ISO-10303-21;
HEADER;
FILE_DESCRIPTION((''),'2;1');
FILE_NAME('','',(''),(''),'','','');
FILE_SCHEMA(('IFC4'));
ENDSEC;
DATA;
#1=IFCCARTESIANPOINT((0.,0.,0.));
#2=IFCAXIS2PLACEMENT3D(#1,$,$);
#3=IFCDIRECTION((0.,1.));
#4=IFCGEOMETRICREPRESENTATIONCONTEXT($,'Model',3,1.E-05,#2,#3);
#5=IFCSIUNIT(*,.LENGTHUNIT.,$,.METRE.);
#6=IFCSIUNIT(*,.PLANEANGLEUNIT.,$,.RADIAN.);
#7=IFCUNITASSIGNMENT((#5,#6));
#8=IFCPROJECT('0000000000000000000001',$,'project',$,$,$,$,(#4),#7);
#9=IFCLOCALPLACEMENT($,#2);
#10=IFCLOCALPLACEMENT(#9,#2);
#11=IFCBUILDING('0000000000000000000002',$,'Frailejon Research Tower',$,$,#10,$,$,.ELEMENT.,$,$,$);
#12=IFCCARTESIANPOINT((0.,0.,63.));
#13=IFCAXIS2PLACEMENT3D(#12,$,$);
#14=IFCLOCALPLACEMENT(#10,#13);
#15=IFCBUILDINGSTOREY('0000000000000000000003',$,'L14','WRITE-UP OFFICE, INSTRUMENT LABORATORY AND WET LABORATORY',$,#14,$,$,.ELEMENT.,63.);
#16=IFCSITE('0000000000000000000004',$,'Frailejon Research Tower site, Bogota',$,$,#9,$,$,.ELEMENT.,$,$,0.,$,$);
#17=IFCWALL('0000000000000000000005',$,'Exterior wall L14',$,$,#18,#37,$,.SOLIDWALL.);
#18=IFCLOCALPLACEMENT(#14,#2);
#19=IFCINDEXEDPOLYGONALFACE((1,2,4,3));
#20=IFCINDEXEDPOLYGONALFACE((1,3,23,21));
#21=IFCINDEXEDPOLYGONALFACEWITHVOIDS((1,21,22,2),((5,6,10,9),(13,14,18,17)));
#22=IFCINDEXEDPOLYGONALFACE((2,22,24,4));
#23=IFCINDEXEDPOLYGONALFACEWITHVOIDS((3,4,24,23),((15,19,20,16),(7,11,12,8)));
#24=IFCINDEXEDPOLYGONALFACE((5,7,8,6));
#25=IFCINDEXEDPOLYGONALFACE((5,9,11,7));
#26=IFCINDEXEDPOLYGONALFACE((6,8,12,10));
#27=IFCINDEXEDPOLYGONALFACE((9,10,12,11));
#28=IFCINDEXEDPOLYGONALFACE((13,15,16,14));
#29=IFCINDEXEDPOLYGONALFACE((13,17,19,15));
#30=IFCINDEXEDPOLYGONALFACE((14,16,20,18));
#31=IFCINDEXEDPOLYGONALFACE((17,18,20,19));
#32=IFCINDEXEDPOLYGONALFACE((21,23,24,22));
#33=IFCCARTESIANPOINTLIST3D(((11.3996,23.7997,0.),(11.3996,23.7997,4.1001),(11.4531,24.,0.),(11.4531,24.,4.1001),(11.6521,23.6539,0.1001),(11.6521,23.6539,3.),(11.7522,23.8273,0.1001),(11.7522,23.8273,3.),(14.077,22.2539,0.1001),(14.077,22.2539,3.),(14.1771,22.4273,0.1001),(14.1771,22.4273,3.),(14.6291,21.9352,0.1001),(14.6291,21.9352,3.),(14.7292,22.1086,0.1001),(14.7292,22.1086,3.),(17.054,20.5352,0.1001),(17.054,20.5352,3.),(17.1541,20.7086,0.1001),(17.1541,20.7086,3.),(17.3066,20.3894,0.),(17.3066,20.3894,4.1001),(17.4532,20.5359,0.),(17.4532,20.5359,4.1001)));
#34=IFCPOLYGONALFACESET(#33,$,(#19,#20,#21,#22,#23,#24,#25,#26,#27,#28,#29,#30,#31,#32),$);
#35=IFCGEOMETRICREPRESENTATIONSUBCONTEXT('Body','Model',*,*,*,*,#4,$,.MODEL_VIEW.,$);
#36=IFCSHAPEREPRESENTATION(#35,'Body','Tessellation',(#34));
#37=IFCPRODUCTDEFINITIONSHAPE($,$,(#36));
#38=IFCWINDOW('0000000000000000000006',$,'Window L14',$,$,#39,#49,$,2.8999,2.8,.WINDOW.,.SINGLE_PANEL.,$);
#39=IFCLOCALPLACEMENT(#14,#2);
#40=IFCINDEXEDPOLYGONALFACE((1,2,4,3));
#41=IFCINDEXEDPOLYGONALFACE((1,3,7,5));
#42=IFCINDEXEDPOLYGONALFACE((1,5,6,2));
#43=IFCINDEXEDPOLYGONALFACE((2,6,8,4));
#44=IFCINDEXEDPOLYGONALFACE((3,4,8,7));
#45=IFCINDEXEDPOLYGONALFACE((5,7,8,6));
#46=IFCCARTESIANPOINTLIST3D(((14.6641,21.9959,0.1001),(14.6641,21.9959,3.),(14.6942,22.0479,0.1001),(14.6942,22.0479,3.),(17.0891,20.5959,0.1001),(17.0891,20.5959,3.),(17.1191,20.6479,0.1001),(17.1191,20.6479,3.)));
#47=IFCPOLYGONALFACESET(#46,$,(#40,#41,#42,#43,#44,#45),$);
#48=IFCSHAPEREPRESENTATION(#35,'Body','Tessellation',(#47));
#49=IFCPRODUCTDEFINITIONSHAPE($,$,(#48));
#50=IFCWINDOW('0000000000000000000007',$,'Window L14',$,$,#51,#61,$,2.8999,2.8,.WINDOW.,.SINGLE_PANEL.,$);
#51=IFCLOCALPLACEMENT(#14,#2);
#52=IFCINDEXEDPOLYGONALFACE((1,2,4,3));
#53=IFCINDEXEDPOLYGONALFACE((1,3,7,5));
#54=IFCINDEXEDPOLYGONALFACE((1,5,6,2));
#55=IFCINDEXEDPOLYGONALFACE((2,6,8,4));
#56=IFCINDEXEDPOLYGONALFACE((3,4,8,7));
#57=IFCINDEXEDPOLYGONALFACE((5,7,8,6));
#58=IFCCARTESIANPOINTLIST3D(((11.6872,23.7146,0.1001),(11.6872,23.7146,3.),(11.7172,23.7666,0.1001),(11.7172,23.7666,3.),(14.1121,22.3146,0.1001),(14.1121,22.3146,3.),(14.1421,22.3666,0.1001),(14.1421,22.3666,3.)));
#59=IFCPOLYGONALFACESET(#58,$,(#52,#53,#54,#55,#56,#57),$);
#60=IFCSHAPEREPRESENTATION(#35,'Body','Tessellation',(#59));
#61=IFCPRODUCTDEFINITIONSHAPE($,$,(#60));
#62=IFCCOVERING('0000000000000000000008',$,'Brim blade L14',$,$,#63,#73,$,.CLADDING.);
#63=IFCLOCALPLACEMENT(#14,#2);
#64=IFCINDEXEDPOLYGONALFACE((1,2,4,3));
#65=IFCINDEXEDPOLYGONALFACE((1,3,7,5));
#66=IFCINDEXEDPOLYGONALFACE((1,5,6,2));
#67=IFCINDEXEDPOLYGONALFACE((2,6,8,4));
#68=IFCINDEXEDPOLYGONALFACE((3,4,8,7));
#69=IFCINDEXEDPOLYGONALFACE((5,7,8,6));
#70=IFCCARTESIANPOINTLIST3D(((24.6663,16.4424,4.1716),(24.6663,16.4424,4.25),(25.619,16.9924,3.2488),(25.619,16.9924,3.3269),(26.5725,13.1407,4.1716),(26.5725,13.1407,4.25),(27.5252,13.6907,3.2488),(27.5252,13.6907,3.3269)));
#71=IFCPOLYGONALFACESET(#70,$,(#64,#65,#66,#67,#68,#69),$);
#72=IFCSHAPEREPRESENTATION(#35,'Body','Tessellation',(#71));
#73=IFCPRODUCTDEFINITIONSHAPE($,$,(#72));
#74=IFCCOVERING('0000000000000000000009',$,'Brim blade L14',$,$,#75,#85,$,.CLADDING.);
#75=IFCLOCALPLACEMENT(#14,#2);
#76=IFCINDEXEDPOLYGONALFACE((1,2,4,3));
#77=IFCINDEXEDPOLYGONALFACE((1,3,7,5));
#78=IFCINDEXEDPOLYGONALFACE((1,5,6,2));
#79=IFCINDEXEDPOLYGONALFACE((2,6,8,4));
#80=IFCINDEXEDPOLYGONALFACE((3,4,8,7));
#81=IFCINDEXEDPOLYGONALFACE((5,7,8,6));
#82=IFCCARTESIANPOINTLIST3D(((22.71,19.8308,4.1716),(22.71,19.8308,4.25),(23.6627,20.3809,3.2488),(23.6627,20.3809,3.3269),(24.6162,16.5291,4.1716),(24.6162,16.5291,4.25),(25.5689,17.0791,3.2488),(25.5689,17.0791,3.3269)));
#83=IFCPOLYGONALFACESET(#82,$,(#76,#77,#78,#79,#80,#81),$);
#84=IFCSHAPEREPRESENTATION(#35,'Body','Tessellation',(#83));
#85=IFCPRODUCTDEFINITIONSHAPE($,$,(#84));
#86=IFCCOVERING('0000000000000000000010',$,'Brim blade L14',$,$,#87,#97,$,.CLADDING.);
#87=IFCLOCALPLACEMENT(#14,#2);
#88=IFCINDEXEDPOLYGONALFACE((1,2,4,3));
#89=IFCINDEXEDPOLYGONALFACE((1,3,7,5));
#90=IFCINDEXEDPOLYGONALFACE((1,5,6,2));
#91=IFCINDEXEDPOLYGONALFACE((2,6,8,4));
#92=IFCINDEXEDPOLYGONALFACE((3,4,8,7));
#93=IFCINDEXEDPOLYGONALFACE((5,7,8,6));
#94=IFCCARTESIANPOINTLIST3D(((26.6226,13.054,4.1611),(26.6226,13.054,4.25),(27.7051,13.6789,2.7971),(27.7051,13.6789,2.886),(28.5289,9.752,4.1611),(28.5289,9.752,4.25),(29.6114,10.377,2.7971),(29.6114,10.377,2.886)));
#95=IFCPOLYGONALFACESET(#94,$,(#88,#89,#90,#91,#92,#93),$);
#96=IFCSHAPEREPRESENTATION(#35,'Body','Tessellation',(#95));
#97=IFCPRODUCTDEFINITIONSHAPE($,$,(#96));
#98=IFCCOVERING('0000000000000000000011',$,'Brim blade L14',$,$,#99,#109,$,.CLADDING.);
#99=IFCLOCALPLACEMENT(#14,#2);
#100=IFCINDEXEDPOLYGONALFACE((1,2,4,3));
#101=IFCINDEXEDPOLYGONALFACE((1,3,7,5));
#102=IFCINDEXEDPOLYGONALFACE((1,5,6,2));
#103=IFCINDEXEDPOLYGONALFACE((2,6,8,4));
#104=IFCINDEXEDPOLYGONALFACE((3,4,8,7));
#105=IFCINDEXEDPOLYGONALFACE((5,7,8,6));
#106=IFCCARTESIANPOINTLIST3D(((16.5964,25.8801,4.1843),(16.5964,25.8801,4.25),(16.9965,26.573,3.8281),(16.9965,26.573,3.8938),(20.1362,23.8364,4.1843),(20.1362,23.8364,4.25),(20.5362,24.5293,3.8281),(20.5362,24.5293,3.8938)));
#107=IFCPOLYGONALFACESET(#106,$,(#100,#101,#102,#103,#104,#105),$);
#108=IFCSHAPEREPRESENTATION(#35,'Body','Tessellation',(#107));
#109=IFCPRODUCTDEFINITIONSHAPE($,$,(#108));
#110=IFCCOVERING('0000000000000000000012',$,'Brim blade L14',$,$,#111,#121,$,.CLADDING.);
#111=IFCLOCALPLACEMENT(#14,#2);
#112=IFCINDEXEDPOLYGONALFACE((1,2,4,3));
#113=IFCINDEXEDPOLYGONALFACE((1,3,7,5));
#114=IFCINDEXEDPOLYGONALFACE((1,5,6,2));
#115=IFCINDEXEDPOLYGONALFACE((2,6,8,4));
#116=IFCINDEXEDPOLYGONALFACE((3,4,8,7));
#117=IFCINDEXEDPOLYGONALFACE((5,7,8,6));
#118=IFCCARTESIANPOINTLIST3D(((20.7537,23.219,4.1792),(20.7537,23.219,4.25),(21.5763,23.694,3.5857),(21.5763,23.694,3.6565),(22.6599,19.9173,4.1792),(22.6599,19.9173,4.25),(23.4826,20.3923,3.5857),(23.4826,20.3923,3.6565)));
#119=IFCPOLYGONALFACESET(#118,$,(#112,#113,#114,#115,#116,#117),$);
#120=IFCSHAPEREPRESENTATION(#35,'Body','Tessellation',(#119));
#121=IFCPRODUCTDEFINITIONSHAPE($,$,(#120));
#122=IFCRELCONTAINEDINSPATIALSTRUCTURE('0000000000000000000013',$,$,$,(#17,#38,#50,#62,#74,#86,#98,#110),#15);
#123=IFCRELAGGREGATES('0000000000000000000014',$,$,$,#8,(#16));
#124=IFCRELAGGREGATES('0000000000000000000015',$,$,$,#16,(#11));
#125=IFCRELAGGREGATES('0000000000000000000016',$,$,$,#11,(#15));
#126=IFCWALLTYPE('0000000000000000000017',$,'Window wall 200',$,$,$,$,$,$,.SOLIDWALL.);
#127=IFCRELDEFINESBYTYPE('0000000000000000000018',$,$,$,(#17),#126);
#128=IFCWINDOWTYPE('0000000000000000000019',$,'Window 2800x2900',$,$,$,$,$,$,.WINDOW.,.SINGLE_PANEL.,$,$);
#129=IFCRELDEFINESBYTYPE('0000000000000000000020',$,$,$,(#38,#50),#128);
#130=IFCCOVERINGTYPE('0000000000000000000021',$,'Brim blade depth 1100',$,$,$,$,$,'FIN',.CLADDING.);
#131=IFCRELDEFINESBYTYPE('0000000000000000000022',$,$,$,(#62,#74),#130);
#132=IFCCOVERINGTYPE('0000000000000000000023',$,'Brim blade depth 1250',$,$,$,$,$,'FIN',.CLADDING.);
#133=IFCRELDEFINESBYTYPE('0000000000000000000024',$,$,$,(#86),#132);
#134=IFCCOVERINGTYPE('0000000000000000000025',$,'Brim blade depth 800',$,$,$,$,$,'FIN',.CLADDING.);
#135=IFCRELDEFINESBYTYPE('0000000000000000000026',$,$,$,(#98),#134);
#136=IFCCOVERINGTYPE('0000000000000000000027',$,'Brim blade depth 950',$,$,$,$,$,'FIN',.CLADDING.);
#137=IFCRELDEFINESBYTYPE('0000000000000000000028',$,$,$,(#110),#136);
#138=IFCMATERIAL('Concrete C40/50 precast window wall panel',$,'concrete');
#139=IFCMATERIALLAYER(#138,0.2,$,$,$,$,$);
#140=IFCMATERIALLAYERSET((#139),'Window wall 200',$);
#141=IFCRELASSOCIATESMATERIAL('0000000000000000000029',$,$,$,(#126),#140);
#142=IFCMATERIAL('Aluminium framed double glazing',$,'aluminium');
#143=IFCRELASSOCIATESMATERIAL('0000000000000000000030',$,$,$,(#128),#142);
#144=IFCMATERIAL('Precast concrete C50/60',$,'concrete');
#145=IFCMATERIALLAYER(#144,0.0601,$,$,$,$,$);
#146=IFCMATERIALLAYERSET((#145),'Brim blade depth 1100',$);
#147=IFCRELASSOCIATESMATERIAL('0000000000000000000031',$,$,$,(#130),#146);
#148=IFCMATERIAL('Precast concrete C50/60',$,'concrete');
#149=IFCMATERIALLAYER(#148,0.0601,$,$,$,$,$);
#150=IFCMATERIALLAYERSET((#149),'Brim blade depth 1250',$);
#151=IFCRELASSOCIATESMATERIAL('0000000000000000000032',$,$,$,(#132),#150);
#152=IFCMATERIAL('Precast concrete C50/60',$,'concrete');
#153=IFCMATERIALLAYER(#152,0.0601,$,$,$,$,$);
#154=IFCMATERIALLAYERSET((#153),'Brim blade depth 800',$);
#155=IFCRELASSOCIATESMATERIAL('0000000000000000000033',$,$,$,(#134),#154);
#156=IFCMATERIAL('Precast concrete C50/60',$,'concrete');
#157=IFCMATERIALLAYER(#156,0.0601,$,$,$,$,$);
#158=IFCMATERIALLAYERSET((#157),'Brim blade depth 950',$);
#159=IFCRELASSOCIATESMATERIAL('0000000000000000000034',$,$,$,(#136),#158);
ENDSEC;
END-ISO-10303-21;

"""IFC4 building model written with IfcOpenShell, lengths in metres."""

from ifc_helpers import new_model, si_unit, direction, frame, frame_2d, origin, place, context, subcontext, project, spatial, polyline, rectangle, outline, extrude, material, layer, layer_set, type_object, element, fill, save


model = new_model("IFC4")

# Units and contexts
model_context = context("Model", 3, precision=1e-05, world=origin(), true_north=direction((0.0, 1.0)))
body_context = subcontext(model_context, "Body", "Model", "MODEL_VIEW")
ifc_project = project(units=[si_unit("LENGTHUNIT", "METRE"), si_unit("PLANEANGLEUNIT", "RADIAN")], contexts=[model_context])

# Site, building, storey
site_placement = place(None, origin())
site = spatial("IfcSite", under=ifc_project, at=site_placement, Name="Frailejon Research Tower site, Bogota", CompositionType="ELEMENT", RefElevation=0.0)
building_placement = place(site_placement, origin())
building = spatial("IfcBuilding", under=site, at=building_placement, Name="Frailejon Research Tower", CompositionType="ELEMENT")
storey_placement = place(building_placement, frame((0.0, 0.0, 63.0)))
storey = spatial("IfcBuildingStorey", under=building, at=storey_placement, Name="L14", Description="WRITE-UP OFFICE, INSTRUMENT LABORATORY AND WET LABORATORY", CompositionType="ELEMENT", Elevation=63.0)

# Wall, openings, windows
ifc_material_1 = material(Name="Concrete C40/50 precast window wall panel", Category="concrete")
ifc_layer_1 = layer(ifc_material_1, 0.2)
ifc_layer_set_1 = layer_set([ifc_layer_1], Name="Window wall 200")
wall_type_1 = type_object("IfcWallType", Name="Window wall 200", PredefinedType="SOLIDWALL", material=ifc_layer_set_1)
wall_1_placement = place(storey_placement, frame((17.3799, 20.4626, 0.0), z_axis=(0.0, 0.0, 1.0), x_axis=(-0.866029, 0.499993, 0.0)))
wall_1 = element("IfcWall", 1, at=wall_1_placement, inside=storey, type_object=wall_type_1, Name="Exterior wall L14", PredefinedType="SOLIDWALL", context=body_context, shape_type="SweptSolid", body=[
    extrude(outline(polyline([(-0.0269, -0.1001), (1.1279, -0.1001), (2.2825, -0.1001), (3.4373, -0.1001), (4.592, -0.1001), (5.7466, -0.1001), (6.9014, -0.1001), (6.8477, 0.1001), (5.7109, 0.1001), (4.574, 0.1001), (3.4373, 0.1001), (2.3005, 0.1001), (1.1636, 0.1001), (0.0269, 0.1001), (-0.0269, -0.1001)])), origin(), (0.0, 0.0, 1.0), 4.1001),
])
opening_1_placement = place(wall_1_placement, frame((0.3186, 0.0, 0.1001)))
opening_1 = element("IfcOpeningElement", 2, at=opening_1_placement, cuts=wall_1, PredefinedType="OPENING", context=body_context, shape_type="SweptSolid", body=[
    extrude(rectangle(XDim=2.8, YDim=2.8999, at=frame_2d((1.3999, 1.45))), frame((0.0, 0.1099, 0.0), z_axis=(0.0, -1.0, 0.0), x_axis=(1.0, 0.0, 0.0)), (0.0, 0.0, 1.0), 0.22),
])
opening_2_placement = place(wall_1_placement, frame((3.7561, 0.0, 0.1001)))
opening_2 = element("IfcOpeningElement", 3, at=opening_2_placement, cuts=wall_1, PredefinedType="OPENING", context=body_context, shape_type="SweptSolid", body=[
    extrude(rectangle(XDim=2.8, YDim=2.8999, at=frame_2d((1.3999, 1.45))), frame((0.0, 0.1099, 0.0), z_axis=(0.0, -1.0, 0.0), x_axis=(1.0, 0.0, 0.0)), (0.0, 0.0, 1.0), 0.22),
])
ifc_material_2 = material(Name="Aluminium framed double glazing", Category="aluminium")
window_type = type_object("IfcWindowType", Name="Window 2800x2900", PartitioningType="SINGLE_PANEL", PredefinedType="WINDOW", material=ifc_material_2)
window_1_placement = place(opening_1_placement, origin())
window_1 = element("IfcWindow", 4, at=window_1_placement, inside=storey, type_object=window_type, Name="Window L14", OverallHeight=2.8999, OverallWidth=2.8, PartitioningType="SINGLE_PANEL", PredefinedType="WINDOW", context=body_context, shape_type="SweptSolid", body=[
    extrude(rectangle(XDim=2.8, YDim=2.8999, at=frame_2d((1.3999, 1.45))), frame((0.0, 0.03, 0.0), z_axis=(0.0, -1.0, 0.0), x_axis=(1.0, 0.0, 0.0)), (0.0, 0.0, 1.0), 0.0601),
])
fill(opening_1, window_1)
window_2_placement = place(opening_2_placement, origin())
window_2 = element("IfcWindow", 5, at=window_2_placement, inside=storey, type_object=window_type, Name="Window L14", OverallHeight=2.8999, OverallWidth=2.8, PartitioningType="SINGLE_PANEL", PredefinedType="WINDOW", context=body_context, shape_type="SweptSolid", body=[
    extrude(rectangle(XDim=2.8, YDim=2.8999, at=frame_2d((1.3999, 1.45))), frame((0.0, 0.03, 0.0), z_axis=(0.0, -1.0, 0.0), x_axis=(1.0, 0.0, 0.0)), (0.0, 0.0, 1.0), 0.0601),
])
fill(opening_2, window_2)

# Coverings
ifc_material_3 = material(Name="Precast concrete C50/60", Category="concrete")
ifc_layer_2 = layer(ifc_material_3, 0.0601)
ifc_layer_set_2 = layer_set([ifc_layer_2], Name="Brim blade depth 1100")
covering_type_1 = type_object("IfcCoveringType", Name="Brim blade depth 1100", ElementType="FIN", PredefinedType="CLADDING", material=ifc_layer_set_2)
for number, where, z_axis, x_axis, name in (
    (6, (24.6663, 16.4424, 4.25), (0.500001, -0.866025, 0.0), (0.866025, 0.500001, 0.0), "Brim blade L14"),
    (7, (22.71, 19.8308, 4.25), (0.500001, -0.866025, 0.0), (0.866025, 0.500001, 0.0), "Brim blade L14"),
):
    element("IfcCovering", number, at=place(storey_placement, frame(where, z_axis=z_axis, x_axis=x_axis)), inside=storey, type_object=covering_type_1, Name=name, PredefinedType="CLADDING", context=body_context, shape_type="SweptSolid", body=[
        extrude(outline(polyline([(0.0, -0.0784), (1.1001, -1.0012), (1.1001, -0.9231), (0.0, 0.0), (0.0, -0.0784)])), origin(), (0.0, 0.0, 1.0), 3.8125),
    ])
ifc_material_4 = material(Name="Precast concrete C50/60", Category="concrete")
ifc_layer_3 = layer(ifc_material_4, 0.0601)
ifc_layer_set_3 = layer_set([ifc_layer_3], Name="Brim blade depth 1250")
covering_type_2 = type_object("IfcCoveringType", Name="Brim blade depth 1250", ElementType="FIN", PredefinedType="CLADDING", material=ifc_layer_set_3)
covering_1_placement = place(storey_placement, frame((26.6226, 13.054, 4.25), z_axis=(0.49999, -0.866031, 0.0), x_axis=(0.866031, 0.49999, 0.0)))
element("IfcCovering", 8, at=covering_1_placement, inside=storey, type_object=covering_type_2, Name="Brim blade L14", PredefinedType="CLADDING", context=body_context, shape_type="SweptSolid", body=[
    extrude(outline(polyline([(0.0, -0.0889), (1.25, -1.4529), (1.25, -1.364), (0.0, 0.0), (0.0, -0.0889)])), origin(), (0.0, 0.0, 1.0), 3.8127),
])
ifc_material_5 = material(Name="Precast concrete C50/60", Category="concrete")
ifc_layer_4 = layer(ifc_material_5, 0.0601)
ifc_layer_set_4 = layer_set([ifc_layer_4], Name="Brim blade depth 800")
covering_type_3 = type_object("IfcCoveringType", Name="Brim blade depth 800", ElementType="FIN", PredefinedType="CLADDING", material=ifc_layer_set_4)
covering_2_placement = place(storey_placement, frame((16.5964, 25.8801, 4.25), z_axis=(0.866021, -0.500007, 0.0), x_axis=(0.500007, 0.866021, 0.0)))
element("IfcCovering", 9, at=covering_2_placement, inside=storey, type_object=covering_type_3, Name="Brim blade L14", PredefinedType="CLADDING", context=body_context, shape_type="SweptSolid", body=[
    extrude(outline(polyline([(0.0, -0.0657), (0.8, -0.4219), (0.8, -0.3562), (0.0, 0.0), (0.0, -0.0657)])), origin(), (0.0, 0.0, 1.0), 4.0874),
])
ifc_material_6 = material(Name="Precast concrete C50/60", Category="concrete")
ifc_layer_5 = layer(ifc_material_6, 0.0601)
ifc_layer_set_5 = layer_set([ifc_layer_5], Name="Brim blade depth 950")
covering_type_4 = type_object("IfcCoveringType", Name="Brim blade depth 950", ElementType="FIN", PredefinedType="CLADDING", material=ifc_layer_set_5)
covering_3_placement = place(storey_placement, frame((20.7537, 23.219, 4.25), z_axis=(0.500001, -0.866025, 0.0), x_axis=(0.866025, 0.500001, 0.0)))
element("IfcCovering", 10, at=covering_3_placement, inside=storey, type_object=covering_type_4, Name="Brim blade L14", PredefinedType="CLADDING", context=body_context, shape_type="SweptSolid", body=[
    extrude(outline(polyline([(0.0, -0.0708), (0.95, -0.6643), (0.95, -0.5935), (0.0, 0.0), (0.0, -0.0708)])), origin(), (0.0, 0.0, 1.0), 3.8125),
])

save(model, "model.ifc")
